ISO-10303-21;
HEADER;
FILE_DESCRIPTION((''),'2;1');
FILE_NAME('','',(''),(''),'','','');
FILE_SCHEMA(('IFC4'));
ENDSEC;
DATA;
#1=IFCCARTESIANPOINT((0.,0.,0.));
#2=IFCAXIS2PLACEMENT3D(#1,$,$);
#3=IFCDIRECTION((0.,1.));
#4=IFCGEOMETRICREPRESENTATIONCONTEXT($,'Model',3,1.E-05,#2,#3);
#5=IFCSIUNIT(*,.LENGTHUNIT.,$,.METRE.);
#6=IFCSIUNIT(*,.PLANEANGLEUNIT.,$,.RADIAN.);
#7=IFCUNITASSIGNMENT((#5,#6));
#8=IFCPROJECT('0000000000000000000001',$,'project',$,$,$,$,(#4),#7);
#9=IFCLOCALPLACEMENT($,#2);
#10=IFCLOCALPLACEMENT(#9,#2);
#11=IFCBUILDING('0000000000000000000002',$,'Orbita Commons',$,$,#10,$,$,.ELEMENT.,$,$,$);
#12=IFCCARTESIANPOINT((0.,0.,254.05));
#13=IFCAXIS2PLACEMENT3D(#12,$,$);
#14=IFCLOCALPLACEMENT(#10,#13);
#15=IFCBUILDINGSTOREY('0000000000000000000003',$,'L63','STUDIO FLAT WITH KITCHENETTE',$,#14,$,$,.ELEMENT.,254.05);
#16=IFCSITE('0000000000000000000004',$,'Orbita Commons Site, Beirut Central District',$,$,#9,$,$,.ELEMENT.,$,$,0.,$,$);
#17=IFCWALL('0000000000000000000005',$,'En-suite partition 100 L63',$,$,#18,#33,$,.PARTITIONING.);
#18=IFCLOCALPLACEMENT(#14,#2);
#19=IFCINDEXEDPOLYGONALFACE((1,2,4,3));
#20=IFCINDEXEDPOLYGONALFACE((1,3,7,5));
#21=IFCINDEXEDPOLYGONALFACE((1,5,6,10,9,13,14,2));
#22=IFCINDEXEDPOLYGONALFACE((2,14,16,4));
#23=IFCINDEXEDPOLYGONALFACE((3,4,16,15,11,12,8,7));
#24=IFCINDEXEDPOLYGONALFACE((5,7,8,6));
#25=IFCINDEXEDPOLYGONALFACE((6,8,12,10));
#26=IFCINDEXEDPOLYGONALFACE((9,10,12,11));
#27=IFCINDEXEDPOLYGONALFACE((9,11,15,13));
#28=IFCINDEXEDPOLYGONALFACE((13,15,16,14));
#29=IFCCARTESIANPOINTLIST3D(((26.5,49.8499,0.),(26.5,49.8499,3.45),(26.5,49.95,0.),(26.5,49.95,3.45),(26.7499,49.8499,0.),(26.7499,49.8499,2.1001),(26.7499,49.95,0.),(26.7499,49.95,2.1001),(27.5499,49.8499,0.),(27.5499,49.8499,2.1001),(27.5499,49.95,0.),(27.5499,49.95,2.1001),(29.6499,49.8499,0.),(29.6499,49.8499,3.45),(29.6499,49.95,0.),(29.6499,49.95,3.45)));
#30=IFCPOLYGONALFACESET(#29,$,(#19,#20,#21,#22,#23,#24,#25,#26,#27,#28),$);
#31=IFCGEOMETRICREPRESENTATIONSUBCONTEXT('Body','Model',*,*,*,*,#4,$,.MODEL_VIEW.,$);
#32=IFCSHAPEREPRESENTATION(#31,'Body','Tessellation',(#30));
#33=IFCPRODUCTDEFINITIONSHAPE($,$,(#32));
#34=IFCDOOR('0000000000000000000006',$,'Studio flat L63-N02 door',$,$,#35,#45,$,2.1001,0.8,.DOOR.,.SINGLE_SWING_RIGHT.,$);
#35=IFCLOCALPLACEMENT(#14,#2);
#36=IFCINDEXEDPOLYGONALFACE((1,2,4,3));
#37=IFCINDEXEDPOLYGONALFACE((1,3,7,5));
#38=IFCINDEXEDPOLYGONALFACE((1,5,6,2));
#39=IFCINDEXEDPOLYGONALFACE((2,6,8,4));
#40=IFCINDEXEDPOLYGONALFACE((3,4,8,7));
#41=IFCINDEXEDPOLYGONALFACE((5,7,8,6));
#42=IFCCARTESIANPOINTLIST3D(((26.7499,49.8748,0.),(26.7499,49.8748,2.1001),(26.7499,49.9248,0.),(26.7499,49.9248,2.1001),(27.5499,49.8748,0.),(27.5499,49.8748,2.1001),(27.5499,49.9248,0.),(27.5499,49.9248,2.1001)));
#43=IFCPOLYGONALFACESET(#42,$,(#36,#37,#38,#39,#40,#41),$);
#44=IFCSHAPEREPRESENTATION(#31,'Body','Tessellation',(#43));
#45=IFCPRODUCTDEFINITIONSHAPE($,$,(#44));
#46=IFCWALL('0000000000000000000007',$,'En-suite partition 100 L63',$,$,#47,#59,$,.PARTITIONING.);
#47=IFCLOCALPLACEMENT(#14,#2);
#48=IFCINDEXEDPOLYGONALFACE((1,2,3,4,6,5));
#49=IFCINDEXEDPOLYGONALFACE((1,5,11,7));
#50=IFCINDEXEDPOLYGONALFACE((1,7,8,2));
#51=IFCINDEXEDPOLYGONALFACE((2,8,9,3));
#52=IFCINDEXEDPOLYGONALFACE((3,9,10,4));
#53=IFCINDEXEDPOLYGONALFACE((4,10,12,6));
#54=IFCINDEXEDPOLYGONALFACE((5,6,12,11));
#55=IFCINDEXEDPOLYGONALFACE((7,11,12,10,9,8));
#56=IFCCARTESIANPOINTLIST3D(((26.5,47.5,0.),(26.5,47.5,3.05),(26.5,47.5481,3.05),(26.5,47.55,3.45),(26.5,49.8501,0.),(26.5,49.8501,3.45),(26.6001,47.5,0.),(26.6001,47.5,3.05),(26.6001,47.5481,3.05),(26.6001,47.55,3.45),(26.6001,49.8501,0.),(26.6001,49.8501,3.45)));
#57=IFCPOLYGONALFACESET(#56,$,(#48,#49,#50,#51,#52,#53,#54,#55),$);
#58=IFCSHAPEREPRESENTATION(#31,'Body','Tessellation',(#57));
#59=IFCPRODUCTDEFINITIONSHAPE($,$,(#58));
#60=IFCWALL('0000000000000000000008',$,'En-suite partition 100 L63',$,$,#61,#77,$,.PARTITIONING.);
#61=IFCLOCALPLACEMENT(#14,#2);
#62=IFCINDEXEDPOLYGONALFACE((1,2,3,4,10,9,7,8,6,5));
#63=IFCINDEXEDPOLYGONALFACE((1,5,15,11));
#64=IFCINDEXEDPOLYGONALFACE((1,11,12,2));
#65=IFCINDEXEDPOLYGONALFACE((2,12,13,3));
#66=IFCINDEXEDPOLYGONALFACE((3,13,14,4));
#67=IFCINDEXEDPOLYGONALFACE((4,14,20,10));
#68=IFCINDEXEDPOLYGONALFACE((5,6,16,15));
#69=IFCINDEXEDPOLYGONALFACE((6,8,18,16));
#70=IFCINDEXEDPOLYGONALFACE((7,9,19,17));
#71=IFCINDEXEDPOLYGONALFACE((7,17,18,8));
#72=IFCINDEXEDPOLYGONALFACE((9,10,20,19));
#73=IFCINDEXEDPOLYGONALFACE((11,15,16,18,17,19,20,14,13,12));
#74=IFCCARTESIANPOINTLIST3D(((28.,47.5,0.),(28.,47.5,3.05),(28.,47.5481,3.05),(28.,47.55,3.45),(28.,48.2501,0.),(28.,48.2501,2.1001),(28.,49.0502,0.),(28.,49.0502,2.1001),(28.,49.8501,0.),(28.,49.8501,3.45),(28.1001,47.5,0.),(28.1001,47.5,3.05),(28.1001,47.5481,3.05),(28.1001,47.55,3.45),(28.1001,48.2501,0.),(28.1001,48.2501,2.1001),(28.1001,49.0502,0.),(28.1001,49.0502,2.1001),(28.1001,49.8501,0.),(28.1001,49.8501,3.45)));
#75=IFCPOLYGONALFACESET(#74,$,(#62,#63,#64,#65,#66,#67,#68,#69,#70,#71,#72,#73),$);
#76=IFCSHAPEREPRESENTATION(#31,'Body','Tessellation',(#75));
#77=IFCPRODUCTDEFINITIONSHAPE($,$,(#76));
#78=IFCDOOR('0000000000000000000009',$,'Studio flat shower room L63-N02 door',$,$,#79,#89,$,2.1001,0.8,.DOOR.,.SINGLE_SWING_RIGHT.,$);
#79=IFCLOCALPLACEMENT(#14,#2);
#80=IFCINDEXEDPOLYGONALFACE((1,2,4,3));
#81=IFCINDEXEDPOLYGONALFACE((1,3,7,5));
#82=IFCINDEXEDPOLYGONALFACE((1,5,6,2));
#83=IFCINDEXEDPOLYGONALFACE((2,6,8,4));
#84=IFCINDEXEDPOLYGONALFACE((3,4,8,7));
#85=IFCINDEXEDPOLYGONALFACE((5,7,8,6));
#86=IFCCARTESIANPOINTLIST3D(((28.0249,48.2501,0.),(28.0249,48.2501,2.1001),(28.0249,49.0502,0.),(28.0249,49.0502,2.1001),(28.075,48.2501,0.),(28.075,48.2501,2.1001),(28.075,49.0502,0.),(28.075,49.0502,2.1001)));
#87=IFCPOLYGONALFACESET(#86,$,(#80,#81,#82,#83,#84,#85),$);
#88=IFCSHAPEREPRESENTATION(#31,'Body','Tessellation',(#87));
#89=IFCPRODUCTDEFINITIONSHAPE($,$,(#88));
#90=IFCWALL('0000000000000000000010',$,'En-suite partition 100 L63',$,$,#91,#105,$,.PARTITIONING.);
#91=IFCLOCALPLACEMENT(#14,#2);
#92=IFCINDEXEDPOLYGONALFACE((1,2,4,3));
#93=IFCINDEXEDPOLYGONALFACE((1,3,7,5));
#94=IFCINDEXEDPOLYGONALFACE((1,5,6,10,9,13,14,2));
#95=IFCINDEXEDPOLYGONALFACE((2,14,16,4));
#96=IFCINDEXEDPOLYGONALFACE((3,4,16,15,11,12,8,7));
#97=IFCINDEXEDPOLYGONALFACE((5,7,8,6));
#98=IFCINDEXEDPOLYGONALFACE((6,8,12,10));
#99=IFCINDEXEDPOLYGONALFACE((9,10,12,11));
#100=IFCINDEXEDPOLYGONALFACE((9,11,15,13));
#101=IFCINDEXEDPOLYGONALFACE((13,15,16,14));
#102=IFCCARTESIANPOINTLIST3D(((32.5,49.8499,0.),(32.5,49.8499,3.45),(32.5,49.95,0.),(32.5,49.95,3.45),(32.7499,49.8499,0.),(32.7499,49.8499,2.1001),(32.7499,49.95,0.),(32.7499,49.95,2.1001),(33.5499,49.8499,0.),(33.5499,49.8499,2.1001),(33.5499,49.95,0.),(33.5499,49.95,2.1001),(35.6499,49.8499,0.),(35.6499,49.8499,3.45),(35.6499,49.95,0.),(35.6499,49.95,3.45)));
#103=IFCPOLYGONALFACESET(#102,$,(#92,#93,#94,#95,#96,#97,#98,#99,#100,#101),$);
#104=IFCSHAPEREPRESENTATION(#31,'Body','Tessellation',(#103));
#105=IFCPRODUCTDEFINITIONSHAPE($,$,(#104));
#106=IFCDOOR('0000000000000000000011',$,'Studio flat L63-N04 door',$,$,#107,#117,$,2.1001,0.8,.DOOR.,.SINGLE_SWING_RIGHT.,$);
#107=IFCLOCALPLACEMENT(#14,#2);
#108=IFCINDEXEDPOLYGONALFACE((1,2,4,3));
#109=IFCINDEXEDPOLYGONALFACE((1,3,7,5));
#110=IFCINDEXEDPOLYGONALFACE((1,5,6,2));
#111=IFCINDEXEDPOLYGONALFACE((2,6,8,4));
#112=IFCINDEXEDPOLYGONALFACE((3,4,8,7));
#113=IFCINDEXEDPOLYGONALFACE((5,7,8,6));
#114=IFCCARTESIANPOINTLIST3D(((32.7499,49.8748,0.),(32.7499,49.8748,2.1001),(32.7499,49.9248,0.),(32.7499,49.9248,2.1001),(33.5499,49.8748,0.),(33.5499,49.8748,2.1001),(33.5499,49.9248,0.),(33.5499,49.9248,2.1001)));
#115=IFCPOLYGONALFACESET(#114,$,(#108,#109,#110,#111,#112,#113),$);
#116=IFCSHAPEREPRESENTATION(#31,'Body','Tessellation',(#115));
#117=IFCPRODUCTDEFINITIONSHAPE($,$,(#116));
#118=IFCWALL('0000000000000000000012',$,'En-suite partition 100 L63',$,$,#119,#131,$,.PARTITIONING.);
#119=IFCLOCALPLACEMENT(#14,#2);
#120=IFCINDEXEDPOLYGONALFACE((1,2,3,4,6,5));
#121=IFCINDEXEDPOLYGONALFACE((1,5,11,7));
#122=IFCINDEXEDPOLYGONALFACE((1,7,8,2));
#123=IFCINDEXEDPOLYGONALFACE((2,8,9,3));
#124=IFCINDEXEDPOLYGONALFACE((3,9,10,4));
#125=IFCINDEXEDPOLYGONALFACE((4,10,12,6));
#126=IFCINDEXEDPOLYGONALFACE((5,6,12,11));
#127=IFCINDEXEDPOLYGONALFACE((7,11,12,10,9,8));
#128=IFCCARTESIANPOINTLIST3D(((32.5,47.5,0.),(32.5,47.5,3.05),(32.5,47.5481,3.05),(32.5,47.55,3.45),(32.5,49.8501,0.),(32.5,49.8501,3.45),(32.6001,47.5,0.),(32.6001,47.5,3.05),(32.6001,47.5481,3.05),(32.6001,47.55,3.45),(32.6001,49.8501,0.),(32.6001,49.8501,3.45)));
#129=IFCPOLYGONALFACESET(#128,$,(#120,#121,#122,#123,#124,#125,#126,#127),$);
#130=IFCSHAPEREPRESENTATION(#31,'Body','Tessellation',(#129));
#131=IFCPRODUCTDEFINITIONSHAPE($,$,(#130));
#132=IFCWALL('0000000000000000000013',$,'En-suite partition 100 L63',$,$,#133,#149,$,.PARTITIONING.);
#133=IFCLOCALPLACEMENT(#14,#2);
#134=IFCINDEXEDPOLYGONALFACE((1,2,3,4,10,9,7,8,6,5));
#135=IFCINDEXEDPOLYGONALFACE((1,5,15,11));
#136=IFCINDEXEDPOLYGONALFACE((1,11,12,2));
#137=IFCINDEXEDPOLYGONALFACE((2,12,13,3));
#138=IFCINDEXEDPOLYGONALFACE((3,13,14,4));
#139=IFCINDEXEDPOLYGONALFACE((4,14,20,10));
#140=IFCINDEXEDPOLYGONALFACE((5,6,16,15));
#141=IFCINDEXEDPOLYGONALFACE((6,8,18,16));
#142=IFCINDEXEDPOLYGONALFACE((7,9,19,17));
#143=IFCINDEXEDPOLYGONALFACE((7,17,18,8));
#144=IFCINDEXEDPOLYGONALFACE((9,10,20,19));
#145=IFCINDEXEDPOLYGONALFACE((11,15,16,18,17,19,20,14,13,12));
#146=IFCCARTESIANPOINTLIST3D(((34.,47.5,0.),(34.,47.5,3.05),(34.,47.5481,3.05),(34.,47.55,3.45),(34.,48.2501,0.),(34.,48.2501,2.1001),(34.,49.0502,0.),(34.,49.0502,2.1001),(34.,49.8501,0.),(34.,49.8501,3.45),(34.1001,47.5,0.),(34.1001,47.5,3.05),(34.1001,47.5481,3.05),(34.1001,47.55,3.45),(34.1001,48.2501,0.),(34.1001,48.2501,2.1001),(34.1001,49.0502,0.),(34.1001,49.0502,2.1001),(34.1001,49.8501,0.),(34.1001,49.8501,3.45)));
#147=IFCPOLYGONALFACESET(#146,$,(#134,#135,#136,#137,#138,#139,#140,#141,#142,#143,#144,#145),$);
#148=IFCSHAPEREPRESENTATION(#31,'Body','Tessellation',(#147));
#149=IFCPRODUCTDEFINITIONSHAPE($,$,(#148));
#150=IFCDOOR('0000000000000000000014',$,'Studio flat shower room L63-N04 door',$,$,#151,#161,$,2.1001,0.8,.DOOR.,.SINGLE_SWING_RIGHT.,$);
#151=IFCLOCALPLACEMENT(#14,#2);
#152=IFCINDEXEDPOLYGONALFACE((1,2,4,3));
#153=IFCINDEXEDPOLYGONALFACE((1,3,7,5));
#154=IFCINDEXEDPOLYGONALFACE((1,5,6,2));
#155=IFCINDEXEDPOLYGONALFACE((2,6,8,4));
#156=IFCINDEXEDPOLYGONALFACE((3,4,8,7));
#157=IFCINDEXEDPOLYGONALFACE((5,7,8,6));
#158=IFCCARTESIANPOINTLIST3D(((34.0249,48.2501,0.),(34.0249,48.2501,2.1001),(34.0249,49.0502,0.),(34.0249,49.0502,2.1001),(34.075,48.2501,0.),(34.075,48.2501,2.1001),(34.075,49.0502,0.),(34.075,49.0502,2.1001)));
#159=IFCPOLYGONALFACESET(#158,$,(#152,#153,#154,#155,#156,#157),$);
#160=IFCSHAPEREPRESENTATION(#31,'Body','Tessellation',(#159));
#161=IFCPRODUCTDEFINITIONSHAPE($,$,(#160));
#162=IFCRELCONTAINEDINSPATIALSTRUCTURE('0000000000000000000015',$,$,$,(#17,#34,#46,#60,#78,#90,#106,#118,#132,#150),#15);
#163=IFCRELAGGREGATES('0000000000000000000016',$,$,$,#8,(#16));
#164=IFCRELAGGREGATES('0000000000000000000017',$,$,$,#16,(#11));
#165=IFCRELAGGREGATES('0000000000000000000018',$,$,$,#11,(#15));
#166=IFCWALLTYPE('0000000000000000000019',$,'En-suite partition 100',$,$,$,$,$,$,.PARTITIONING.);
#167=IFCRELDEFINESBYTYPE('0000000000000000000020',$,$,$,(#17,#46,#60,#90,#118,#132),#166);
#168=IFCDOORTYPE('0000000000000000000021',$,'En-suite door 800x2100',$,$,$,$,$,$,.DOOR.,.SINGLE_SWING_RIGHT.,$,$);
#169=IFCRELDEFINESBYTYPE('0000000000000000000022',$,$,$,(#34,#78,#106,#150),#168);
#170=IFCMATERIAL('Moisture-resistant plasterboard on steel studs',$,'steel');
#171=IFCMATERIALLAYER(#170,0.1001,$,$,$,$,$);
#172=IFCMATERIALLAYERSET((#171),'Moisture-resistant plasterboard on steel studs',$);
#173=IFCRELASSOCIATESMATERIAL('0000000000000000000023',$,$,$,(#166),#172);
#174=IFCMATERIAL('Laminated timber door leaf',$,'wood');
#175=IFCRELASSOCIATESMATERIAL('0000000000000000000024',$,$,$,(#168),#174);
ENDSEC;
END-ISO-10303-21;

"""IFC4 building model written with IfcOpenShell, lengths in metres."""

from ifc_helpers import new_model, si_unit, direction, frame, frame_2d, origin, place, context, subcontext, project, spatial, polyline, rectangle, outline, extrude, material, layer, layer_set, type_object, element, fill, save


model = new_model("IFC4")

# Units and contexts
model_context = context("Model", 3, precision=1e-05, world=origin(), true_north=direction((0.0, 1.0)))
body_context = subcontext(model_context, "Body", "Model", "MODEL_VIEW")
ifc_project = project(units=[si_unit("LENGTHUNIT", "METRE"), si_unit("PLANEANGLEUNIT", "RADIAN")], contexts=[model_context])

# Site, building, storey
site_placement = place(None, origin())
site = spatial("IfcSite", under=ifc_project, at=site_placement, Name="Orbita Commons Site, Beirut Central District", CompositionType="ELEMENT", RefElevation=0.0)
building_placement = place(site_placement, origin())
building = spatial("IfcBuilding", under=site, at=building_placement, Name="Orbita Commons", CompositionType="ELEMENT")
storey_placement = place(building_placement, frame((0.0, 0.0, 254.05)))
storey = spatial("IfcBuildingStorey", under=building, at=storey_placement, Name="L63", Description="STUDIO FLAT WITH KITCHENETTE", CompositionType="ELEMENT", Elevation=254.05)

# Wall, opening, door
ifc_material_1 = material(Name="Moisture-resistant plasterboard on steel studs", Category="steel")
ifc_layer_1 = layer(ifc_material_1, 0.1001)
ifc_layer_set_1 = layer_set([ifc_layer_1], Name="Moisture-resistant plasterboard on steel studs")
wall_type_1 = type_object("IfcWallType", Name="En-suite partition 100", PredefinedType="PARTITIONING", material=ifc_layer_set_1)
wall_1_placement = place(storey_placement, frame((26.5, 49.8999, 0.0), z_axis=(0.0, 0.0, 1.0), x_axis=(1.0, 0.0, 0.0)))
wall_1 = element("IfcWall", 1, at=wall_1_placement, inside=storey, type_object=wall_type_1, Name="En-suite partition 100 L63", PredefinedType="PARTITIONING", context=body_context, shape_type="SweptSolid", body=[
    extrude(rectangle(XDim=3.1499, YDim=0.1001, at=frame_2d((1.575, 0.0))), origin(), (0.0, 0.0, 1.0), 3.45),
])
opening_1_placement = place(wall_1_placement, frame((0.25, 0.0, 0.0)))
opening_1 = element("IfcOpeningElement", 2, at=opening_1_placement, cuts=wall_1, PredefinedType="OPENING", context=body_context, shape_type="SweptSolid", body=[
    extrude(rectangle(XDim=0.8, YDim=2.1001, at=frame_2d((0.3999, 1.05))), frame((0.0, 0.0601, 0.0), z_axis=(0.0, -1.0, 0.0), x_axis=(1.0, 0.0, 0.0)), (0.0, 0.0, 1.0), 0.1201),
])
ifc_material_2 = material(Name="Laminated timber door leaf", Category="wood")
door_type_1 = type_object("IfcDoorType", Name="En-suite door 800x2100", OperationType="SINGLE_SWING_RIGHT", PredefinedType="DOOR", material=ifc_material_2)
door_1_placement = place(opening_1_placement, origin())
door_1 = element("IfcDoor", 3, at=door_1_placement, inside=storey, type_object=door_type_1, Name="Studio flat L63-N02 door", OperationType="SINGLE_SWING_RIGHT", OverallHeight=2.1001, OverallWidth=0.8, PredefinedType="DOOR", context=body_context, shape_type="SweptSolid", body=[
    extrude(rectangle(XDim=0.8, YDim=2.1001, at=frame_2d((0.3999, 1.05))), frame((0.0, 0.0249, 0.0), z_axis=(0.0, -1.0, 0.0), x_axis=(1.0, 0.0, 0.0)), (0.0, 0.0, 1.0), 0.05),
])
fill(opening_1, door_1)

# Wall
wall_2_placement = place(storey_placement, frame((26.55, 49.8501, 0.0), z_axis=(0.0, 0.0, 1.0), x_axis=(0.0, -1.0, 0.0)))
element("IfcWall", 4, at=wall_2_placement, inside=storey, type_object=wall_type_1, Name="En-suite partition 100 L63", PredefinedType="PARTITIONING", context=body_context, shape_type="SweptSolid", body=[
    extrude(outline(polyline([(0.0, 0.0), (2.3501, 0.0), (2.3501, 3.05), (2.302, 3.05), (2.3, 3.45), (0.0, 3.45), (0.0, 0.0)])), frame((0.0, 0.05, 0.0), z_axis=(0.0, -1.0, 0.0), x_axis=(1.0, 0.0, 0.0)), (0.0, 0.0, 1.0), 0.1001),
])

# Walls, openings, doors
wall_3_placement = place(storey_placement, frame((28.05, 49.8501, 0.0), z_axis=(0.0, 0.0, 1.0), x_axis=(0.0, -1.0, 0.0)))
wall_3 = element("IfcWall", 5, at=wall_3_placement, inside=storey, type_object=wall_type_1, Name="En-suite partition 100 L63", PredefinedType="PARTITIONING", context=body_context, shape_type="SweptSolid", body=[
    extrude(outline(polyline([(0.0, 0.0), (2.3501, 0.0), (2.3501, 3.05), (2.302, 3.05), (2.3, 3.45), (0.0, 3.45), (0.0, 0.0)])), frame((0.0, 0.05, 0.0), z_axis=(0.0, -1.0, 0.0), x_axis=(1.0, 0.0, 0.0)), (0.0, 0.0, 1.0), 0.1001),
])
opening_2_placement = place(wall_3_placement, frame((0.8, 0.0, 0.0)))
opening_2 = element("IfcOpeningElement", 6, at=opening_2_placement, cuts=wall_3, PredefinedType="OPENING", context=body_context, shape_type="SweptSolid", body=[
    extrude(rectangle(XDim=0.8, YDim=2.1001, at=frame_2d((0.3999, 1.05))), frame((0.0, 0.0601, 0.0), z_axis=(0.0, -1.0, 0.0), x_axis=(1.0, 0.0, 0.0)), (0.0, 0.0, 1.0), 0.1201),
])
door_2_placement = place(opening_2_placement, origin())
door_2 = element("IfcDoor", 7, at=door_2_placement, inside=storey, type_object=door_type_1, Name="Studio flat shower room L63-N02 door", OperationType="SINGLE_SWING_RIGHT", OverallHeight=2.1001, OverallWidth=0.8, PredefinedType="DOOR", context=body_context, shape_type="SweptSolid", body=[
    extrude(rectangle(XDim=0.8, YDim=2.1001, at=frame_2d((0.3999, 1.05))), frame((0.0, 0.0249, 0.0), z_axis=(0.0, -1.0, 0.0), x_axis=(1.0, 0.0, 0.0)), (0.0, 0.0, 1.0), 0.05),
])
fill(opening_2, door_2)
wall_4_placement = place(storey_placement, frame((32.5, 49.8999, 0.0), z_axis=(0.0, 0.0, 1.0), x_axis=(1.0, 0.0, 0.0)))
wall_4 = element("IfcWall", 8, at=wall_4_placement, inside=storey, type_object=wall_type_1, Name="En-suite partition 100 L63", PredefinedType="PARTITIONING", context=body_context, shape_type="SweptSolid", body=[
    extrude(rectangle(XDim=3.1499, YDim=0.1001, at=frame_2d((1.575, 0.0))), origin(), (0.0, 0.0, 1.0), 3.45),
])
opening_3_placement = place(wall_4_placement, frame((0.25, 0.0, 0.0)))
opening_3 = element("IfcOpeningElement", 9, at=opening_3_placement, cuts=wall_4, PredefinedType="OPENING", context=body_context, shape_type="SweptSolid", body=[
    extrude(rectangle(XDim=0.8, YDim=2.1001, at=frame_2d((0.3999, 1.05))), frame((0.0, 0.0601, 0.0), z_axis=(0.0, -1.0, 0.0), x_axis=(1.0, 0.0, 0.0)), (0.0, 0.0, 1.0), 0.1201),
])
door_3_placement = place(opening_3_placement, origin())
door_3 = element("IfcDoor", 10, at=door_3_placement, inside=storey, type_object=door_type_1, Name="Studio flat L63-N04 door", OperationType="SINGLE_SWING_RIGHT", OverallHeight=2.1001, OverallWidth=0.8, PredefinedType="DOOR", context=body_context, shape_type="SweptSolid", body=[
    extrude(rectangle(XDim=0.8, YDim=2.1001, at=frame_2d((0.3999, 1.05))), frame((0.0, 0.0249, 0.0), z_axis=(0.0, -1.0, 0.0), x_axis=(1.0, 0.0, 0.0)), (0.0, 0.0, 1.0), 0.05),
])
fill(opening_3, door_3)

# Wall
wall_5_placement = place(storey_placement, frame((32.55, 49.8501, 0.0), z_axis=(0.0, 0.0, 1.0), x_axis=(0.0, -1.0, 0.0)))
element("IfcWall", 11, at=wall_5_placement, inside=storey, type_object=wall_type_1, Name="En-suite partition 100 L63", PredefinedType="PARTITIONING", context=body_context, shape_type="SweptSolid", body=[
    extrude(outline(polyline([(0.0, 0.0), (2.3501, 0.0), (2.3501, 3.05), (2.302, 3.05), (2.3, 3.45), (0.0, 3.45), (0.0, 0.0)])), frame((0.0, 0.05, 0.0), z_axis=(0.0, -1.0, 0.0), x_axis=(1.0, 0.0, 0.0)), (0.0, 0.0, 1.0), 0.1001),
])

# Wall, opening, door
wall_6_placement = place(storey_placement, frame((34.05, 49.8501, 0.0), z_axis=(0.0, 0.0, 1.0), x_axis=(0.0, -1.0, 0.0)))
wall_6 = element("IfcWall", 12, at=wall_6_placement, inside=storey, type_object=wall_type_1, Name="En-suite partition 100 L63", PredefinedType="PARTITIONING", context=body_context, shape_type="SweptSolid", body=[
    extrude(outline(polyline([(0.0, 0.0), (2.3501, 0.0), (2.3501, 3.05), (2.302, 3.05), (2.3, 3.45), (0.0, 3.45), (0.0, 0.0)])), frame((0.0, 0.05, 0.0), z_axis=(0.0, -1.0, 0.0), x_axis=(1.0, 0.0, 0.0)), (0.0, 0.0, 1.0), 0.1001),
])
opening_4_placement = place(wall_6_placement, frame((0.8, 0.0, 0.0)))
opening_4 = element("IfcOpeningElement", 13, at=opening_4_placement, cuts=wall_6, PredefinedType="OPENING", context=body_context, shape_type="SweptSolid", body=[
    extrude(rectangle(XDim=0.8, YDim=2.1001, at=frame_2d((0.3999, 1.05))), frame((0.0, 0.0601, 0.0), z_axis=(0.0, -1.0, 0.0), x_axis=(1.0, 0.0, 0.0)), (0.0, 0.0, 1.0), 0.1201),
])
door_4_placement = place(opening_4_placement, origin())
door_4 = element("IfcDoor", 14, at=door_4_placement, inside=storey, type_object=door_type_1, Name="Studio flat shower room L63-N04 door", OperationType="SINGLE_SWING_RIGHT", OverallHeight=2.1001, OverallWidth=0.8, PredefinedType="DOOR", context=body_context, shape_type="SweptSolid", body=[
    extrude(rectangle(XDim=0.8, YDim=2.1001, at=frame_2d((0.3999, 1.05))), frame((0.0, 0.0249, 0.0), z_axis=(0.0, -1.0, 0.0), x_axis=(1.0, 0.0, 0.0)), (0.0, 0.0, 1.0), 0.05),
])
fill(opening_4, door_4)

save(model, "model.ifc")
